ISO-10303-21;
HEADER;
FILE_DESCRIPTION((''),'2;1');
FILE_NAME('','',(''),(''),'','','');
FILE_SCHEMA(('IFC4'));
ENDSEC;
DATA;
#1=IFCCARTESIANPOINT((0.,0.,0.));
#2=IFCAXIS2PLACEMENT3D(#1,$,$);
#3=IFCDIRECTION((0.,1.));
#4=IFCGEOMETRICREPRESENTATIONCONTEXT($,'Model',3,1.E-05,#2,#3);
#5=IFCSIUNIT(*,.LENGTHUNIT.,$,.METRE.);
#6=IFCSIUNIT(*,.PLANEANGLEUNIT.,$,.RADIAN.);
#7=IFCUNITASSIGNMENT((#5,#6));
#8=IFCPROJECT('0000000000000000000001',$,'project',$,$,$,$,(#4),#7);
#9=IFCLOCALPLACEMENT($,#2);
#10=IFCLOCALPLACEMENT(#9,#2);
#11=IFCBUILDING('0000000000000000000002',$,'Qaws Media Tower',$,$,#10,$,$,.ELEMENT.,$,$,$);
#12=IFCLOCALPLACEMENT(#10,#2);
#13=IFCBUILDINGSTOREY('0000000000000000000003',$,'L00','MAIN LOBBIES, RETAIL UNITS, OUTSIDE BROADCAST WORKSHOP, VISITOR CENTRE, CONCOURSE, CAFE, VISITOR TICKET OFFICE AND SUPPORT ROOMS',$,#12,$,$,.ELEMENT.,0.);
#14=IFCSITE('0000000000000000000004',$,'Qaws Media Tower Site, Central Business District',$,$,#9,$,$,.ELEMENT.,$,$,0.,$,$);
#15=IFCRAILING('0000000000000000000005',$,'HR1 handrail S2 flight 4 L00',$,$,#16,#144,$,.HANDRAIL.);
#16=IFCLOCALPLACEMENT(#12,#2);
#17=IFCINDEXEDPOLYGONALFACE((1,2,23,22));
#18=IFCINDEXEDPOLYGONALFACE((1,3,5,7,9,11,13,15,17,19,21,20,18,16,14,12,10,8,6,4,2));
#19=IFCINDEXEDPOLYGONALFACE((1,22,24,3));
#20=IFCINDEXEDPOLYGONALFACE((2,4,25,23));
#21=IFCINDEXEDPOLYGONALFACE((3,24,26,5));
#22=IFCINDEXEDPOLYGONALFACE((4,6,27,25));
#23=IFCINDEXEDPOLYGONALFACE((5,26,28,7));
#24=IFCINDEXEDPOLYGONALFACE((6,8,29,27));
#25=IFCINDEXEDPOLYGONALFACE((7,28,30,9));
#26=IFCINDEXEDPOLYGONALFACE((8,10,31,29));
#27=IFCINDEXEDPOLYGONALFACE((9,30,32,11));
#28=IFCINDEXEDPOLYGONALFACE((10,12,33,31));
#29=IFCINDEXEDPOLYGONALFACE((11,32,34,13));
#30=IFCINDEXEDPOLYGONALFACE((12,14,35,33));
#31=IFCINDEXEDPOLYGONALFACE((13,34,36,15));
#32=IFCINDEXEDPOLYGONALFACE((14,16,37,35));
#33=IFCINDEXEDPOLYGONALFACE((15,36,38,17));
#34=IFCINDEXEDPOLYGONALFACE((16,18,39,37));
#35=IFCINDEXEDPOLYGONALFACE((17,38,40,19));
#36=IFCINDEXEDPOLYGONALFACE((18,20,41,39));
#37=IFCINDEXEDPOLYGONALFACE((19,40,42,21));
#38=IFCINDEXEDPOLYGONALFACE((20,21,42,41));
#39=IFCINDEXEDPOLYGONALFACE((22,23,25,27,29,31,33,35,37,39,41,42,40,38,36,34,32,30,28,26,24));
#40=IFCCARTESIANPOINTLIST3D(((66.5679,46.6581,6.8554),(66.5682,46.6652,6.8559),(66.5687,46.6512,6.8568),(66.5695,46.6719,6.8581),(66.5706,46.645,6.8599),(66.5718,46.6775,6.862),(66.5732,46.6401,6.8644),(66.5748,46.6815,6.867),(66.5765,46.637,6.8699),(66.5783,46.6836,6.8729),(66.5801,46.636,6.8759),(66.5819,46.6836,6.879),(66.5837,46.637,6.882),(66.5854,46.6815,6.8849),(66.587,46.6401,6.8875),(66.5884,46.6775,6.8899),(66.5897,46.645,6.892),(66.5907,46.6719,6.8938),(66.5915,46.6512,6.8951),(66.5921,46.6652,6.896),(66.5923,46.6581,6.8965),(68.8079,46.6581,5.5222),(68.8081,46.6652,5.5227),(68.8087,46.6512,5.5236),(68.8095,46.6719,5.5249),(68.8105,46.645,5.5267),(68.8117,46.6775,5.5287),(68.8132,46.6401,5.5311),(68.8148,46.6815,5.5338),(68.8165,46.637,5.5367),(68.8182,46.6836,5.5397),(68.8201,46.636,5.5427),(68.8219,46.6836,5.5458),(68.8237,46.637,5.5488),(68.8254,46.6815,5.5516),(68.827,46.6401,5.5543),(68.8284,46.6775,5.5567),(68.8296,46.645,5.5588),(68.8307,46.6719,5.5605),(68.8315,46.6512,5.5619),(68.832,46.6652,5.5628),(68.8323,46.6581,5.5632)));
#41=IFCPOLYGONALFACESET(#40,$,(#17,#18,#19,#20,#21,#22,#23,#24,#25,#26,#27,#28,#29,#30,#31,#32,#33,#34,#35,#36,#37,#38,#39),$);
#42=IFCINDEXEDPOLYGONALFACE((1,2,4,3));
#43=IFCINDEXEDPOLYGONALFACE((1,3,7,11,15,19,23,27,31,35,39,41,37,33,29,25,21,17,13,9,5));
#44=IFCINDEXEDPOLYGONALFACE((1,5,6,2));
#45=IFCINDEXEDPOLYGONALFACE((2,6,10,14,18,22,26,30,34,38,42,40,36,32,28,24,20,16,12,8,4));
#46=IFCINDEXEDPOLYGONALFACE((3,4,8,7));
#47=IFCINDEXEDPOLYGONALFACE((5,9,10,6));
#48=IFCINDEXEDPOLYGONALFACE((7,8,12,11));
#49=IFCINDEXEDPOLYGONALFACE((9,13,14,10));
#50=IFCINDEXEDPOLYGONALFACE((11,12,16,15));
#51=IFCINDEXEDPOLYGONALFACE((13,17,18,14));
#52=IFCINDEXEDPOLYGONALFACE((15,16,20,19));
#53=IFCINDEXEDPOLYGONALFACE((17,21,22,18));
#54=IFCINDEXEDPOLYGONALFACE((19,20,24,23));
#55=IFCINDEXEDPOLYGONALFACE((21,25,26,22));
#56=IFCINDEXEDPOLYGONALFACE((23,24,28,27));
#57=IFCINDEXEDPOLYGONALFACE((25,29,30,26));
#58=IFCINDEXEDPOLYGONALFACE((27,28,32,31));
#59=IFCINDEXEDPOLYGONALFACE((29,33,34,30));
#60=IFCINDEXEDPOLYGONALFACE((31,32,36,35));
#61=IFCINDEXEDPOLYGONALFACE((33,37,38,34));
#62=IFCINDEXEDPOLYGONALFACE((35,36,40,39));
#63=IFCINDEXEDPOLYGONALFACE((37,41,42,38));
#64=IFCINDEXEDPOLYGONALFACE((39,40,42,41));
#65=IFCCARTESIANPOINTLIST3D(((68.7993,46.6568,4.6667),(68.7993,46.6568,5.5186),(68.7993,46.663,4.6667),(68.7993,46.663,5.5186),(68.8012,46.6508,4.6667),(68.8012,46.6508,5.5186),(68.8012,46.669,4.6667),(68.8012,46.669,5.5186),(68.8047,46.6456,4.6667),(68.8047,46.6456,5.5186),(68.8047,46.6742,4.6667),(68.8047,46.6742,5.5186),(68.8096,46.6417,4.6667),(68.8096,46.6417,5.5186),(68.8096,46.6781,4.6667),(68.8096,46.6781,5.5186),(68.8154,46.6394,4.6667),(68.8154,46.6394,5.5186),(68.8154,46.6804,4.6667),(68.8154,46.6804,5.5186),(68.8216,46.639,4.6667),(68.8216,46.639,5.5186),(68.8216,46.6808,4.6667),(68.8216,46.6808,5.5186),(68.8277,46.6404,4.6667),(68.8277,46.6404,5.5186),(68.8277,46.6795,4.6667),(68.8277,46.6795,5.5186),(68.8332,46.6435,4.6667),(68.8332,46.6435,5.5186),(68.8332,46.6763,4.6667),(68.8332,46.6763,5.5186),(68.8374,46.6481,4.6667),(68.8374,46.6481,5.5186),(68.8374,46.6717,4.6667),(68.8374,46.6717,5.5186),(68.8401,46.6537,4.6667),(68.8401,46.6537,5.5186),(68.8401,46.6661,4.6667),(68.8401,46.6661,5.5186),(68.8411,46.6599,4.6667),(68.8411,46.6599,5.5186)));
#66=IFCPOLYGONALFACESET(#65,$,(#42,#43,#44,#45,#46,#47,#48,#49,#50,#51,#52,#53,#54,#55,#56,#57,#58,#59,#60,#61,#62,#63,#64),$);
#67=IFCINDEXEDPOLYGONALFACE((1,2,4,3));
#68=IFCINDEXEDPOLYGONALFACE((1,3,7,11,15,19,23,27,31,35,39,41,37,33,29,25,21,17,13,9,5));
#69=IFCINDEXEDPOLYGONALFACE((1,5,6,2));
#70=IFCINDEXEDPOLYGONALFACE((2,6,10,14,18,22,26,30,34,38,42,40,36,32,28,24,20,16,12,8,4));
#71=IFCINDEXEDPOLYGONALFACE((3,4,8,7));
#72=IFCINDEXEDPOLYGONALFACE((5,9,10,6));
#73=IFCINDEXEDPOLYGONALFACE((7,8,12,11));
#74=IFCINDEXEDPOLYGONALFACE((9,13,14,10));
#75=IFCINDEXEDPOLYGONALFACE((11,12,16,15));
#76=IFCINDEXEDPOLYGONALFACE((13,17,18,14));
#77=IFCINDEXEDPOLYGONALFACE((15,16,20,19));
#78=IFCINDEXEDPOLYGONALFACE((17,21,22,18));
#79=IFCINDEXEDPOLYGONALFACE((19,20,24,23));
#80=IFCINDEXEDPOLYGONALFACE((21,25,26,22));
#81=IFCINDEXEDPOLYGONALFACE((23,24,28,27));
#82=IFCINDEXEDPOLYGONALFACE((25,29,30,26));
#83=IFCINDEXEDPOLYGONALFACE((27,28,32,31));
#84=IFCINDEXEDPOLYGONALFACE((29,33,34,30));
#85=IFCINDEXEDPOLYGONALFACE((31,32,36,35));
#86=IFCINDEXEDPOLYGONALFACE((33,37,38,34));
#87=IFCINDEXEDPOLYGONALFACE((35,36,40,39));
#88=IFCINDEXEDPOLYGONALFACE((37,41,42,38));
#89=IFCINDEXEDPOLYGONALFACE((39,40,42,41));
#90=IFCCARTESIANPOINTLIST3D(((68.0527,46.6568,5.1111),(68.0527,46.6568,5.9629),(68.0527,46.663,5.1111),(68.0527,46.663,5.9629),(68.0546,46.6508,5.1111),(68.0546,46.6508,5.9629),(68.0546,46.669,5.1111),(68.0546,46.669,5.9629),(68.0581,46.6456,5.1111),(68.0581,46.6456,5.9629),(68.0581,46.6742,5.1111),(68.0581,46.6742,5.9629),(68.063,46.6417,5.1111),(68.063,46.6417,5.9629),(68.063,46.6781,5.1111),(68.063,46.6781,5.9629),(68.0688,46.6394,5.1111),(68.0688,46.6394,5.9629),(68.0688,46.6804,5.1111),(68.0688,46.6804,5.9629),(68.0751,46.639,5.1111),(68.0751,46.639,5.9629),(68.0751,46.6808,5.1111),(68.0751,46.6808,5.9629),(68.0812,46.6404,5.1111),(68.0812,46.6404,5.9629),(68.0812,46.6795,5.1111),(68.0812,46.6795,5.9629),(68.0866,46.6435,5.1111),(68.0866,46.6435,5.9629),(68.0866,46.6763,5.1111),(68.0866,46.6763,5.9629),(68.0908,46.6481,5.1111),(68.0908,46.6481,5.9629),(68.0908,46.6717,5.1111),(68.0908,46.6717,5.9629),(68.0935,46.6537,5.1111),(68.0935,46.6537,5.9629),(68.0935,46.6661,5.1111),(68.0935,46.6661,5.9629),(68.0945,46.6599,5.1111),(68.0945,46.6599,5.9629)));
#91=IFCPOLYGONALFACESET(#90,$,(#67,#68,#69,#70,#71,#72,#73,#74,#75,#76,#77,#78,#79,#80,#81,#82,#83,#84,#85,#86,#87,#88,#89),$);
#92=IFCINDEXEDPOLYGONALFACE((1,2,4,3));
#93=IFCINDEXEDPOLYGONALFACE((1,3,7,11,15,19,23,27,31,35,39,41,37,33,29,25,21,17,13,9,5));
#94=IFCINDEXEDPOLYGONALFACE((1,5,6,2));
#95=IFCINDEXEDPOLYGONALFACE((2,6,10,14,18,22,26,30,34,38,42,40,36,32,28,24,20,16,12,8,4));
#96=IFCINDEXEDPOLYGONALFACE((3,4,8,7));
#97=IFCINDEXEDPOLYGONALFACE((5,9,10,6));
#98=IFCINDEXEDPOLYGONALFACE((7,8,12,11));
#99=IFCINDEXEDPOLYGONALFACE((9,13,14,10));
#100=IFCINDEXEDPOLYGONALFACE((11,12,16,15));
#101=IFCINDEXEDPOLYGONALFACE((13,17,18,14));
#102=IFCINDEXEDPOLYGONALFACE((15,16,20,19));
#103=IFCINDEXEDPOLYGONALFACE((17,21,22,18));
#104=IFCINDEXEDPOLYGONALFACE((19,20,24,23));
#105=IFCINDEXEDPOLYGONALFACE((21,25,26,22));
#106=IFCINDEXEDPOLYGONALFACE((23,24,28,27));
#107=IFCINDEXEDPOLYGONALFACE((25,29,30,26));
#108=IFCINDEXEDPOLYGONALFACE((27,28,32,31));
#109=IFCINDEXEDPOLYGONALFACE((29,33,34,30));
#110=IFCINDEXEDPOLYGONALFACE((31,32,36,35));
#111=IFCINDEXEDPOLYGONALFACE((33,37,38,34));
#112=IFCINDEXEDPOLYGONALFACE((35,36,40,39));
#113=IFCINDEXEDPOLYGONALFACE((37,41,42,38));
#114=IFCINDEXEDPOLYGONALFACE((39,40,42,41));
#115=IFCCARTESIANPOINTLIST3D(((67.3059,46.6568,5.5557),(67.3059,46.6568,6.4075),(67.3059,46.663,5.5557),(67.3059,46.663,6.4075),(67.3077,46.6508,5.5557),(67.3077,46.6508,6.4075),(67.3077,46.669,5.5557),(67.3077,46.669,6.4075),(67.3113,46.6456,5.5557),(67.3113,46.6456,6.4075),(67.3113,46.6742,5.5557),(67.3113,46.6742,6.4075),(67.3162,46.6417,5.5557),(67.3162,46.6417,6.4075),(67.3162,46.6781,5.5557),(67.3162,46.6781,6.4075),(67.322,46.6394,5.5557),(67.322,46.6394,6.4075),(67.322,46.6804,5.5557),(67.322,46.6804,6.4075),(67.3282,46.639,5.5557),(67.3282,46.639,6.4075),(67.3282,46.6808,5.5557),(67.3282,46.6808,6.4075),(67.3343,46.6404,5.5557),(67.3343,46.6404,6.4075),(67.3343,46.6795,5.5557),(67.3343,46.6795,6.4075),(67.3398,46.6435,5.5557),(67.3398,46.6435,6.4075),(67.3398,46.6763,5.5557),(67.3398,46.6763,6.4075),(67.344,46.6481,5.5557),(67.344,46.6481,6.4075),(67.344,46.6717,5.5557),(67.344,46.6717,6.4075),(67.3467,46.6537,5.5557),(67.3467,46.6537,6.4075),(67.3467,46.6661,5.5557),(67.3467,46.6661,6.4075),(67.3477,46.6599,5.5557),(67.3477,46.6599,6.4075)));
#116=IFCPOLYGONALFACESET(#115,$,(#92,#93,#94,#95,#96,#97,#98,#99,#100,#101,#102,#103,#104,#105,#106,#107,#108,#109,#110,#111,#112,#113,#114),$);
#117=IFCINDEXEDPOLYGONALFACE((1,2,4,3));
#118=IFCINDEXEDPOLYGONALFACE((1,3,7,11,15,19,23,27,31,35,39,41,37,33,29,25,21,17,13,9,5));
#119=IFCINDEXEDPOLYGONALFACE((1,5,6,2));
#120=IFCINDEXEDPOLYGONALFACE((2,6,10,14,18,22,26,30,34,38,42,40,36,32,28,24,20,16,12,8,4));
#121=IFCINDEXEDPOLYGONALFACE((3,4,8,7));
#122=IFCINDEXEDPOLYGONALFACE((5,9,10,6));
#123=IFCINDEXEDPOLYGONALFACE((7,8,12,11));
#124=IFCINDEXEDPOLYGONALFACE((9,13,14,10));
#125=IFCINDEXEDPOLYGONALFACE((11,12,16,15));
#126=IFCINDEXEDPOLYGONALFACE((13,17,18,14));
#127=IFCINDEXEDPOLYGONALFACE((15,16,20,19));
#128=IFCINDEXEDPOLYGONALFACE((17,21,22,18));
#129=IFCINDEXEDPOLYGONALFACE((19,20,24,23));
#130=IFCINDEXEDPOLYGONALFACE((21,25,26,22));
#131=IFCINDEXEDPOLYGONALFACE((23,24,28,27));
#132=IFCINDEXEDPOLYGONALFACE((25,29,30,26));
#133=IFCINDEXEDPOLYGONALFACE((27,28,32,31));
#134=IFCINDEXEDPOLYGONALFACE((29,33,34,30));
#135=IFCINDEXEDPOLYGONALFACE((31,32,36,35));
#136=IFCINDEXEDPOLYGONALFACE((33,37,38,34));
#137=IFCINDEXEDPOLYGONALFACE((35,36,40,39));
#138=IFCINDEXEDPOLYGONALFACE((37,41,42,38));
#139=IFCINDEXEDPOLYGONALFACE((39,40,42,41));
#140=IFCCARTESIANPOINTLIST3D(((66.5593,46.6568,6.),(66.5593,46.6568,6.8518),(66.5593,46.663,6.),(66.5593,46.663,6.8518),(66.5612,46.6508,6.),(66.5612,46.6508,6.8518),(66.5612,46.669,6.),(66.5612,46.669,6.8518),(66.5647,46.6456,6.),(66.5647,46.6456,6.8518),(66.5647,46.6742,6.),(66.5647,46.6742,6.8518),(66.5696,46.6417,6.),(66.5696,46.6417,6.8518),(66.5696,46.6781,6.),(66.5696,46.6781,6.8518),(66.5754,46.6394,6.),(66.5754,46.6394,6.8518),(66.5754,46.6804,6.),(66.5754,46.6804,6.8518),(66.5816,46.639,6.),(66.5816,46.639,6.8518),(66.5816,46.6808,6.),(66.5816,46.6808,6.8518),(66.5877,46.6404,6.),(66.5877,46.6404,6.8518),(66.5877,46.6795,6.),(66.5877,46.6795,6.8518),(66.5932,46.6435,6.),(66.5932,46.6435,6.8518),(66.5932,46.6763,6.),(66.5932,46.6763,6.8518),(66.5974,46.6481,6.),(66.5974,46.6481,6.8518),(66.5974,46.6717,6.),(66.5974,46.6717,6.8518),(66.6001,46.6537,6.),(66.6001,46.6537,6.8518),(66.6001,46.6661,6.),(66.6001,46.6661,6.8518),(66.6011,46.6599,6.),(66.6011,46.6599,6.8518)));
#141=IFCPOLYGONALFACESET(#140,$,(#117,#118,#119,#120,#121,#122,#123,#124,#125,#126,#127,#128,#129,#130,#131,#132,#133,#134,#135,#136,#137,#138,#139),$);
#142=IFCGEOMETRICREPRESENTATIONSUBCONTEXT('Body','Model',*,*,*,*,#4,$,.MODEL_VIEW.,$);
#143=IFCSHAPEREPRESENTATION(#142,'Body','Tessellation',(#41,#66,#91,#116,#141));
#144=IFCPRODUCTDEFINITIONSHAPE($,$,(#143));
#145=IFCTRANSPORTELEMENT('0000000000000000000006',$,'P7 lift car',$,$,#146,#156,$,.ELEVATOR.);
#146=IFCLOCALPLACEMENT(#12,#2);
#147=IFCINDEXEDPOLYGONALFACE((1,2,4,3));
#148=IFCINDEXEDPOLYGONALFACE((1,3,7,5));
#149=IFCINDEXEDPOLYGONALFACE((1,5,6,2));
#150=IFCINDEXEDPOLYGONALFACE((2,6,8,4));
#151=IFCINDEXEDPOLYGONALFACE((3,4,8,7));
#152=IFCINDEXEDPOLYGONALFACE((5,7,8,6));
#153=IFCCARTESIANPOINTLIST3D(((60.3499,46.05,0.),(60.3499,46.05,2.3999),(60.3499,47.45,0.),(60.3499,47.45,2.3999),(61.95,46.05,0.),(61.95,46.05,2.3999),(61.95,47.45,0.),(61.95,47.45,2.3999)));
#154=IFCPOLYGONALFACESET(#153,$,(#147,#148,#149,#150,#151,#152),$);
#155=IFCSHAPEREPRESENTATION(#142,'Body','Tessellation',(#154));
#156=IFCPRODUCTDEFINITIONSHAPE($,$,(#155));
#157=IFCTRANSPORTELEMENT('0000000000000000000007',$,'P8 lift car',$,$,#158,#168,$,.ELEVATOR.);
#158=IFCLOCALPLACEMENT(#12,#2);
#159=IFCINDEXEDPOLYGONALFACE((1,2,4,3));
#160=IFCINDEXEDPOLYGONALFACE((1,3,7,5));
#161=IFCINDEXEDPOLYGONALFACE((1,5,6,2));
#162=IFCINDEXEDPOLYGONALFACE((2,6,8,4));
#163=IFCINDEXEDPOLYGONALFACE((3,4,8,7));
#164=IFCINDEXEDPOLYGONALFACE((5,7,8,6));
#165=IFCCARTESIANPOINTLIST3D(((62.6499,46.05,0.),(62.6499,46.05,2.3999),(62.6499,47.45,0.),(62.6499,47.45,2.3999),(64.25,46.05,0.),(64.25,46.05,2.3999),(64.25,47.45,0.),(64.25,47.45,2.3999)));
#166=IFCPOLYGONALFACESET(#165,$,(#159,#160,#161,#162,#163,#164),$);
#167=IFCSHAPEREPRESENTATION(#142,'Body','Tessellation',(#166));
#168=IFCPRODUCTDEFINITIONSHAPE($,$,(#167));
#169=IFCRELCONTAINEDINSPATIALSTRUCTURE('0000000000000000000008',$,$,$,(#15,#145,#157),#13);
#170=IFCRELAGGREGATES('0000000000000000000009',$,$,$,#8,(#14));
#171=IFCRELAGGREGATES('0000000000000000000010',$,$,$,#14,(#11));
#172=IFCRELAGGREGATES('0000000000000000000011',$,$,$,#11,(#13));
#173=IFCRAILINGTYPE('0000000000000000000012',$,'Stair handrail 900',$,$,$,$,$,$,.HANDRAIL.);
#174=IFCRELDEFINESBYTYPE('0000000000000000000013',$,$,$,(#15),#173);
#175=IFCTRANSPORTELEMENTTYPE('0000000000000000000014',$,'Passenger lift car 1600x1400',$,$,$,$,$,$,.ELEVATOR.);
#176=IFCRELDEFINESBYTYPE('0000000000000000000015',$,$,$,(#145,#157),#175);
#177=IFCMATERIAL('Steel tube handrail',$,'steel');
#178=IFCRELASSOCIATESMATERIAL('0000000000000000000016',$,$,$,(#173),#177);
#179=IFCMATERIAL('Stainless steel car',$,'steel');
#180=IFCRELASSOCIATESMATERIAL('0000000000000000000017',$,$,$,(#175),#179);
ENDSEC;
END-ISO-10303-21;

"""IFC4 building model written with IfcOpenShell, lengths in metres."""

from ifc_helpers import new_model, si_unit, direction, frame, origin, origin_2d, place, context, subcontext, project, spatial, rectangle, circle, extrude, material, type_object, element, save


model = new_model("IFC4")

# Units and contexts
model_context = context("Model", 3, precision=1e-05, world=origin(), true_north=direction((0.0, 1.0)))
body_context = subcontext(model_context, "Body", "Model", "MODEL_VIEW")
ifc_project = project(units=[si_unit("LENGTHUNIT", "METRE"), si_unit("PLANEANGLEUNIT", "RADIAN")], contexts=[model_context])

# Site, building, storey
site_placement = place(None, origin())
site = spatial("IfcSite", under=ifc_project, at=site_placement, Name="Qaws Media Tower Site, Central Business District", CompositionType="ELEMENT", RefElevation=0.0)
building_placement = place(site_placement, origin())
building = spatial("IfcBuilding", under=site, at=building_placement, Name="Qaws Media Tower", CompositionType="ELEMENT")
storey_placement = place(building_placement, origin())
storey = spatial("IfcBuildingStorey", under=building, at=storey_placement, Name="L00", Description="MAIN LOBBIES, RETAIL UNITS, OUTSIDE BROADCAST WORKSHOP, VISITOR CENTRE, CONCOURSE, CAFE, VISITOR TICKET OFFICE AND SUPPORT ROOMS", CompositionType="ELEMENT", Elevation=0.0)

# Railing
ifc_material_1 = material(Name="Steel tube handrail", Category="steel")
railing_type = type_object("IfcRailingType", Name="Stair handrail 900", PredefinedType="HANDRAIL", material=ifc_material_1)
for number, where, name in (
    (1, (68.8201, 46.6599, 4.6667), "HR1 handrail S2 flight 4 L00"),
):
    element("IfcRailing", number, at=place(storey_placement, frame(where)), inside=storey, type_object=railing_type, Name=name, PredefinedType="HANDRAIL", context=body_context, shape_type="SweptSolid", body=[
        extrude(circle(Radius=0.0239, at=origin_2d()), frame((0.0, 0.0, 0.876), z_axis=(-0.859306, 0.0, 0.511462), x_axis=(0.0, -1.0, 0.0)), (0.0, 0.0, 1.0), 2.6067),
        extrude(circle(Radius=0.021, at=origin_2d()), origin(), (0.0, 0.0, 1.0), 0.8518),
        extrude(circle(Radius=0.021, at=origin_2d()), frame((-0.7466, 0.0, 0.4443)), (0.0, 0.0, 1.0), 0.8518),
        extrude(circle(Radius=0.021, at=origin_2d()), frame((-1.4934, 0.0, 0.8889)), (0.0, 0.0, 1.0), 0.8518),
        extrude(circle(Radius=0.021, at=origin_2d()), frame((-2.24, 0.0, 1.3333)), (0.0, 0.0, 1.0), 0.8518),
    ])

# Transport elements
ifc_material_2 = material(Name="Stainless steel car", Category="steel")
transport_element_type = type_object("IfcTransportElementType", Name="Passenger lift car 1600x1400", PredefinedType="ELEVATOR", material=ifc_material_2)
for number, where, z_axis, x_axis, name in (
    (2, (61.1499, 46.75, 0.0), (0.0, 0.0, 1.0), (1.0, 0.0, 0.0), "P7 lift car"),
    (3, (63.45, 46.75, 0.0), (0.0, 0.0, 1.0), (1.0, 0.0, 0.0), "P8 lift car"),
):
    element("IfcTransportElement", number, at=place(storey_placement, frame(where, z_axis=z_axis, x_axis=x_axis)), inside=storey, type_object=transport_element_type, Name=name, PredefinedType="ELEVATOR", context=body_context, shape_type="SweptSolid", body=[
        extrude(rectangle(XDim=1.6001, YDim=1.3999, at=origin_2d()), origin(), (0.0, 0.0, 1.0), 2.3999),
    ])

save(model, "model.ifc")
